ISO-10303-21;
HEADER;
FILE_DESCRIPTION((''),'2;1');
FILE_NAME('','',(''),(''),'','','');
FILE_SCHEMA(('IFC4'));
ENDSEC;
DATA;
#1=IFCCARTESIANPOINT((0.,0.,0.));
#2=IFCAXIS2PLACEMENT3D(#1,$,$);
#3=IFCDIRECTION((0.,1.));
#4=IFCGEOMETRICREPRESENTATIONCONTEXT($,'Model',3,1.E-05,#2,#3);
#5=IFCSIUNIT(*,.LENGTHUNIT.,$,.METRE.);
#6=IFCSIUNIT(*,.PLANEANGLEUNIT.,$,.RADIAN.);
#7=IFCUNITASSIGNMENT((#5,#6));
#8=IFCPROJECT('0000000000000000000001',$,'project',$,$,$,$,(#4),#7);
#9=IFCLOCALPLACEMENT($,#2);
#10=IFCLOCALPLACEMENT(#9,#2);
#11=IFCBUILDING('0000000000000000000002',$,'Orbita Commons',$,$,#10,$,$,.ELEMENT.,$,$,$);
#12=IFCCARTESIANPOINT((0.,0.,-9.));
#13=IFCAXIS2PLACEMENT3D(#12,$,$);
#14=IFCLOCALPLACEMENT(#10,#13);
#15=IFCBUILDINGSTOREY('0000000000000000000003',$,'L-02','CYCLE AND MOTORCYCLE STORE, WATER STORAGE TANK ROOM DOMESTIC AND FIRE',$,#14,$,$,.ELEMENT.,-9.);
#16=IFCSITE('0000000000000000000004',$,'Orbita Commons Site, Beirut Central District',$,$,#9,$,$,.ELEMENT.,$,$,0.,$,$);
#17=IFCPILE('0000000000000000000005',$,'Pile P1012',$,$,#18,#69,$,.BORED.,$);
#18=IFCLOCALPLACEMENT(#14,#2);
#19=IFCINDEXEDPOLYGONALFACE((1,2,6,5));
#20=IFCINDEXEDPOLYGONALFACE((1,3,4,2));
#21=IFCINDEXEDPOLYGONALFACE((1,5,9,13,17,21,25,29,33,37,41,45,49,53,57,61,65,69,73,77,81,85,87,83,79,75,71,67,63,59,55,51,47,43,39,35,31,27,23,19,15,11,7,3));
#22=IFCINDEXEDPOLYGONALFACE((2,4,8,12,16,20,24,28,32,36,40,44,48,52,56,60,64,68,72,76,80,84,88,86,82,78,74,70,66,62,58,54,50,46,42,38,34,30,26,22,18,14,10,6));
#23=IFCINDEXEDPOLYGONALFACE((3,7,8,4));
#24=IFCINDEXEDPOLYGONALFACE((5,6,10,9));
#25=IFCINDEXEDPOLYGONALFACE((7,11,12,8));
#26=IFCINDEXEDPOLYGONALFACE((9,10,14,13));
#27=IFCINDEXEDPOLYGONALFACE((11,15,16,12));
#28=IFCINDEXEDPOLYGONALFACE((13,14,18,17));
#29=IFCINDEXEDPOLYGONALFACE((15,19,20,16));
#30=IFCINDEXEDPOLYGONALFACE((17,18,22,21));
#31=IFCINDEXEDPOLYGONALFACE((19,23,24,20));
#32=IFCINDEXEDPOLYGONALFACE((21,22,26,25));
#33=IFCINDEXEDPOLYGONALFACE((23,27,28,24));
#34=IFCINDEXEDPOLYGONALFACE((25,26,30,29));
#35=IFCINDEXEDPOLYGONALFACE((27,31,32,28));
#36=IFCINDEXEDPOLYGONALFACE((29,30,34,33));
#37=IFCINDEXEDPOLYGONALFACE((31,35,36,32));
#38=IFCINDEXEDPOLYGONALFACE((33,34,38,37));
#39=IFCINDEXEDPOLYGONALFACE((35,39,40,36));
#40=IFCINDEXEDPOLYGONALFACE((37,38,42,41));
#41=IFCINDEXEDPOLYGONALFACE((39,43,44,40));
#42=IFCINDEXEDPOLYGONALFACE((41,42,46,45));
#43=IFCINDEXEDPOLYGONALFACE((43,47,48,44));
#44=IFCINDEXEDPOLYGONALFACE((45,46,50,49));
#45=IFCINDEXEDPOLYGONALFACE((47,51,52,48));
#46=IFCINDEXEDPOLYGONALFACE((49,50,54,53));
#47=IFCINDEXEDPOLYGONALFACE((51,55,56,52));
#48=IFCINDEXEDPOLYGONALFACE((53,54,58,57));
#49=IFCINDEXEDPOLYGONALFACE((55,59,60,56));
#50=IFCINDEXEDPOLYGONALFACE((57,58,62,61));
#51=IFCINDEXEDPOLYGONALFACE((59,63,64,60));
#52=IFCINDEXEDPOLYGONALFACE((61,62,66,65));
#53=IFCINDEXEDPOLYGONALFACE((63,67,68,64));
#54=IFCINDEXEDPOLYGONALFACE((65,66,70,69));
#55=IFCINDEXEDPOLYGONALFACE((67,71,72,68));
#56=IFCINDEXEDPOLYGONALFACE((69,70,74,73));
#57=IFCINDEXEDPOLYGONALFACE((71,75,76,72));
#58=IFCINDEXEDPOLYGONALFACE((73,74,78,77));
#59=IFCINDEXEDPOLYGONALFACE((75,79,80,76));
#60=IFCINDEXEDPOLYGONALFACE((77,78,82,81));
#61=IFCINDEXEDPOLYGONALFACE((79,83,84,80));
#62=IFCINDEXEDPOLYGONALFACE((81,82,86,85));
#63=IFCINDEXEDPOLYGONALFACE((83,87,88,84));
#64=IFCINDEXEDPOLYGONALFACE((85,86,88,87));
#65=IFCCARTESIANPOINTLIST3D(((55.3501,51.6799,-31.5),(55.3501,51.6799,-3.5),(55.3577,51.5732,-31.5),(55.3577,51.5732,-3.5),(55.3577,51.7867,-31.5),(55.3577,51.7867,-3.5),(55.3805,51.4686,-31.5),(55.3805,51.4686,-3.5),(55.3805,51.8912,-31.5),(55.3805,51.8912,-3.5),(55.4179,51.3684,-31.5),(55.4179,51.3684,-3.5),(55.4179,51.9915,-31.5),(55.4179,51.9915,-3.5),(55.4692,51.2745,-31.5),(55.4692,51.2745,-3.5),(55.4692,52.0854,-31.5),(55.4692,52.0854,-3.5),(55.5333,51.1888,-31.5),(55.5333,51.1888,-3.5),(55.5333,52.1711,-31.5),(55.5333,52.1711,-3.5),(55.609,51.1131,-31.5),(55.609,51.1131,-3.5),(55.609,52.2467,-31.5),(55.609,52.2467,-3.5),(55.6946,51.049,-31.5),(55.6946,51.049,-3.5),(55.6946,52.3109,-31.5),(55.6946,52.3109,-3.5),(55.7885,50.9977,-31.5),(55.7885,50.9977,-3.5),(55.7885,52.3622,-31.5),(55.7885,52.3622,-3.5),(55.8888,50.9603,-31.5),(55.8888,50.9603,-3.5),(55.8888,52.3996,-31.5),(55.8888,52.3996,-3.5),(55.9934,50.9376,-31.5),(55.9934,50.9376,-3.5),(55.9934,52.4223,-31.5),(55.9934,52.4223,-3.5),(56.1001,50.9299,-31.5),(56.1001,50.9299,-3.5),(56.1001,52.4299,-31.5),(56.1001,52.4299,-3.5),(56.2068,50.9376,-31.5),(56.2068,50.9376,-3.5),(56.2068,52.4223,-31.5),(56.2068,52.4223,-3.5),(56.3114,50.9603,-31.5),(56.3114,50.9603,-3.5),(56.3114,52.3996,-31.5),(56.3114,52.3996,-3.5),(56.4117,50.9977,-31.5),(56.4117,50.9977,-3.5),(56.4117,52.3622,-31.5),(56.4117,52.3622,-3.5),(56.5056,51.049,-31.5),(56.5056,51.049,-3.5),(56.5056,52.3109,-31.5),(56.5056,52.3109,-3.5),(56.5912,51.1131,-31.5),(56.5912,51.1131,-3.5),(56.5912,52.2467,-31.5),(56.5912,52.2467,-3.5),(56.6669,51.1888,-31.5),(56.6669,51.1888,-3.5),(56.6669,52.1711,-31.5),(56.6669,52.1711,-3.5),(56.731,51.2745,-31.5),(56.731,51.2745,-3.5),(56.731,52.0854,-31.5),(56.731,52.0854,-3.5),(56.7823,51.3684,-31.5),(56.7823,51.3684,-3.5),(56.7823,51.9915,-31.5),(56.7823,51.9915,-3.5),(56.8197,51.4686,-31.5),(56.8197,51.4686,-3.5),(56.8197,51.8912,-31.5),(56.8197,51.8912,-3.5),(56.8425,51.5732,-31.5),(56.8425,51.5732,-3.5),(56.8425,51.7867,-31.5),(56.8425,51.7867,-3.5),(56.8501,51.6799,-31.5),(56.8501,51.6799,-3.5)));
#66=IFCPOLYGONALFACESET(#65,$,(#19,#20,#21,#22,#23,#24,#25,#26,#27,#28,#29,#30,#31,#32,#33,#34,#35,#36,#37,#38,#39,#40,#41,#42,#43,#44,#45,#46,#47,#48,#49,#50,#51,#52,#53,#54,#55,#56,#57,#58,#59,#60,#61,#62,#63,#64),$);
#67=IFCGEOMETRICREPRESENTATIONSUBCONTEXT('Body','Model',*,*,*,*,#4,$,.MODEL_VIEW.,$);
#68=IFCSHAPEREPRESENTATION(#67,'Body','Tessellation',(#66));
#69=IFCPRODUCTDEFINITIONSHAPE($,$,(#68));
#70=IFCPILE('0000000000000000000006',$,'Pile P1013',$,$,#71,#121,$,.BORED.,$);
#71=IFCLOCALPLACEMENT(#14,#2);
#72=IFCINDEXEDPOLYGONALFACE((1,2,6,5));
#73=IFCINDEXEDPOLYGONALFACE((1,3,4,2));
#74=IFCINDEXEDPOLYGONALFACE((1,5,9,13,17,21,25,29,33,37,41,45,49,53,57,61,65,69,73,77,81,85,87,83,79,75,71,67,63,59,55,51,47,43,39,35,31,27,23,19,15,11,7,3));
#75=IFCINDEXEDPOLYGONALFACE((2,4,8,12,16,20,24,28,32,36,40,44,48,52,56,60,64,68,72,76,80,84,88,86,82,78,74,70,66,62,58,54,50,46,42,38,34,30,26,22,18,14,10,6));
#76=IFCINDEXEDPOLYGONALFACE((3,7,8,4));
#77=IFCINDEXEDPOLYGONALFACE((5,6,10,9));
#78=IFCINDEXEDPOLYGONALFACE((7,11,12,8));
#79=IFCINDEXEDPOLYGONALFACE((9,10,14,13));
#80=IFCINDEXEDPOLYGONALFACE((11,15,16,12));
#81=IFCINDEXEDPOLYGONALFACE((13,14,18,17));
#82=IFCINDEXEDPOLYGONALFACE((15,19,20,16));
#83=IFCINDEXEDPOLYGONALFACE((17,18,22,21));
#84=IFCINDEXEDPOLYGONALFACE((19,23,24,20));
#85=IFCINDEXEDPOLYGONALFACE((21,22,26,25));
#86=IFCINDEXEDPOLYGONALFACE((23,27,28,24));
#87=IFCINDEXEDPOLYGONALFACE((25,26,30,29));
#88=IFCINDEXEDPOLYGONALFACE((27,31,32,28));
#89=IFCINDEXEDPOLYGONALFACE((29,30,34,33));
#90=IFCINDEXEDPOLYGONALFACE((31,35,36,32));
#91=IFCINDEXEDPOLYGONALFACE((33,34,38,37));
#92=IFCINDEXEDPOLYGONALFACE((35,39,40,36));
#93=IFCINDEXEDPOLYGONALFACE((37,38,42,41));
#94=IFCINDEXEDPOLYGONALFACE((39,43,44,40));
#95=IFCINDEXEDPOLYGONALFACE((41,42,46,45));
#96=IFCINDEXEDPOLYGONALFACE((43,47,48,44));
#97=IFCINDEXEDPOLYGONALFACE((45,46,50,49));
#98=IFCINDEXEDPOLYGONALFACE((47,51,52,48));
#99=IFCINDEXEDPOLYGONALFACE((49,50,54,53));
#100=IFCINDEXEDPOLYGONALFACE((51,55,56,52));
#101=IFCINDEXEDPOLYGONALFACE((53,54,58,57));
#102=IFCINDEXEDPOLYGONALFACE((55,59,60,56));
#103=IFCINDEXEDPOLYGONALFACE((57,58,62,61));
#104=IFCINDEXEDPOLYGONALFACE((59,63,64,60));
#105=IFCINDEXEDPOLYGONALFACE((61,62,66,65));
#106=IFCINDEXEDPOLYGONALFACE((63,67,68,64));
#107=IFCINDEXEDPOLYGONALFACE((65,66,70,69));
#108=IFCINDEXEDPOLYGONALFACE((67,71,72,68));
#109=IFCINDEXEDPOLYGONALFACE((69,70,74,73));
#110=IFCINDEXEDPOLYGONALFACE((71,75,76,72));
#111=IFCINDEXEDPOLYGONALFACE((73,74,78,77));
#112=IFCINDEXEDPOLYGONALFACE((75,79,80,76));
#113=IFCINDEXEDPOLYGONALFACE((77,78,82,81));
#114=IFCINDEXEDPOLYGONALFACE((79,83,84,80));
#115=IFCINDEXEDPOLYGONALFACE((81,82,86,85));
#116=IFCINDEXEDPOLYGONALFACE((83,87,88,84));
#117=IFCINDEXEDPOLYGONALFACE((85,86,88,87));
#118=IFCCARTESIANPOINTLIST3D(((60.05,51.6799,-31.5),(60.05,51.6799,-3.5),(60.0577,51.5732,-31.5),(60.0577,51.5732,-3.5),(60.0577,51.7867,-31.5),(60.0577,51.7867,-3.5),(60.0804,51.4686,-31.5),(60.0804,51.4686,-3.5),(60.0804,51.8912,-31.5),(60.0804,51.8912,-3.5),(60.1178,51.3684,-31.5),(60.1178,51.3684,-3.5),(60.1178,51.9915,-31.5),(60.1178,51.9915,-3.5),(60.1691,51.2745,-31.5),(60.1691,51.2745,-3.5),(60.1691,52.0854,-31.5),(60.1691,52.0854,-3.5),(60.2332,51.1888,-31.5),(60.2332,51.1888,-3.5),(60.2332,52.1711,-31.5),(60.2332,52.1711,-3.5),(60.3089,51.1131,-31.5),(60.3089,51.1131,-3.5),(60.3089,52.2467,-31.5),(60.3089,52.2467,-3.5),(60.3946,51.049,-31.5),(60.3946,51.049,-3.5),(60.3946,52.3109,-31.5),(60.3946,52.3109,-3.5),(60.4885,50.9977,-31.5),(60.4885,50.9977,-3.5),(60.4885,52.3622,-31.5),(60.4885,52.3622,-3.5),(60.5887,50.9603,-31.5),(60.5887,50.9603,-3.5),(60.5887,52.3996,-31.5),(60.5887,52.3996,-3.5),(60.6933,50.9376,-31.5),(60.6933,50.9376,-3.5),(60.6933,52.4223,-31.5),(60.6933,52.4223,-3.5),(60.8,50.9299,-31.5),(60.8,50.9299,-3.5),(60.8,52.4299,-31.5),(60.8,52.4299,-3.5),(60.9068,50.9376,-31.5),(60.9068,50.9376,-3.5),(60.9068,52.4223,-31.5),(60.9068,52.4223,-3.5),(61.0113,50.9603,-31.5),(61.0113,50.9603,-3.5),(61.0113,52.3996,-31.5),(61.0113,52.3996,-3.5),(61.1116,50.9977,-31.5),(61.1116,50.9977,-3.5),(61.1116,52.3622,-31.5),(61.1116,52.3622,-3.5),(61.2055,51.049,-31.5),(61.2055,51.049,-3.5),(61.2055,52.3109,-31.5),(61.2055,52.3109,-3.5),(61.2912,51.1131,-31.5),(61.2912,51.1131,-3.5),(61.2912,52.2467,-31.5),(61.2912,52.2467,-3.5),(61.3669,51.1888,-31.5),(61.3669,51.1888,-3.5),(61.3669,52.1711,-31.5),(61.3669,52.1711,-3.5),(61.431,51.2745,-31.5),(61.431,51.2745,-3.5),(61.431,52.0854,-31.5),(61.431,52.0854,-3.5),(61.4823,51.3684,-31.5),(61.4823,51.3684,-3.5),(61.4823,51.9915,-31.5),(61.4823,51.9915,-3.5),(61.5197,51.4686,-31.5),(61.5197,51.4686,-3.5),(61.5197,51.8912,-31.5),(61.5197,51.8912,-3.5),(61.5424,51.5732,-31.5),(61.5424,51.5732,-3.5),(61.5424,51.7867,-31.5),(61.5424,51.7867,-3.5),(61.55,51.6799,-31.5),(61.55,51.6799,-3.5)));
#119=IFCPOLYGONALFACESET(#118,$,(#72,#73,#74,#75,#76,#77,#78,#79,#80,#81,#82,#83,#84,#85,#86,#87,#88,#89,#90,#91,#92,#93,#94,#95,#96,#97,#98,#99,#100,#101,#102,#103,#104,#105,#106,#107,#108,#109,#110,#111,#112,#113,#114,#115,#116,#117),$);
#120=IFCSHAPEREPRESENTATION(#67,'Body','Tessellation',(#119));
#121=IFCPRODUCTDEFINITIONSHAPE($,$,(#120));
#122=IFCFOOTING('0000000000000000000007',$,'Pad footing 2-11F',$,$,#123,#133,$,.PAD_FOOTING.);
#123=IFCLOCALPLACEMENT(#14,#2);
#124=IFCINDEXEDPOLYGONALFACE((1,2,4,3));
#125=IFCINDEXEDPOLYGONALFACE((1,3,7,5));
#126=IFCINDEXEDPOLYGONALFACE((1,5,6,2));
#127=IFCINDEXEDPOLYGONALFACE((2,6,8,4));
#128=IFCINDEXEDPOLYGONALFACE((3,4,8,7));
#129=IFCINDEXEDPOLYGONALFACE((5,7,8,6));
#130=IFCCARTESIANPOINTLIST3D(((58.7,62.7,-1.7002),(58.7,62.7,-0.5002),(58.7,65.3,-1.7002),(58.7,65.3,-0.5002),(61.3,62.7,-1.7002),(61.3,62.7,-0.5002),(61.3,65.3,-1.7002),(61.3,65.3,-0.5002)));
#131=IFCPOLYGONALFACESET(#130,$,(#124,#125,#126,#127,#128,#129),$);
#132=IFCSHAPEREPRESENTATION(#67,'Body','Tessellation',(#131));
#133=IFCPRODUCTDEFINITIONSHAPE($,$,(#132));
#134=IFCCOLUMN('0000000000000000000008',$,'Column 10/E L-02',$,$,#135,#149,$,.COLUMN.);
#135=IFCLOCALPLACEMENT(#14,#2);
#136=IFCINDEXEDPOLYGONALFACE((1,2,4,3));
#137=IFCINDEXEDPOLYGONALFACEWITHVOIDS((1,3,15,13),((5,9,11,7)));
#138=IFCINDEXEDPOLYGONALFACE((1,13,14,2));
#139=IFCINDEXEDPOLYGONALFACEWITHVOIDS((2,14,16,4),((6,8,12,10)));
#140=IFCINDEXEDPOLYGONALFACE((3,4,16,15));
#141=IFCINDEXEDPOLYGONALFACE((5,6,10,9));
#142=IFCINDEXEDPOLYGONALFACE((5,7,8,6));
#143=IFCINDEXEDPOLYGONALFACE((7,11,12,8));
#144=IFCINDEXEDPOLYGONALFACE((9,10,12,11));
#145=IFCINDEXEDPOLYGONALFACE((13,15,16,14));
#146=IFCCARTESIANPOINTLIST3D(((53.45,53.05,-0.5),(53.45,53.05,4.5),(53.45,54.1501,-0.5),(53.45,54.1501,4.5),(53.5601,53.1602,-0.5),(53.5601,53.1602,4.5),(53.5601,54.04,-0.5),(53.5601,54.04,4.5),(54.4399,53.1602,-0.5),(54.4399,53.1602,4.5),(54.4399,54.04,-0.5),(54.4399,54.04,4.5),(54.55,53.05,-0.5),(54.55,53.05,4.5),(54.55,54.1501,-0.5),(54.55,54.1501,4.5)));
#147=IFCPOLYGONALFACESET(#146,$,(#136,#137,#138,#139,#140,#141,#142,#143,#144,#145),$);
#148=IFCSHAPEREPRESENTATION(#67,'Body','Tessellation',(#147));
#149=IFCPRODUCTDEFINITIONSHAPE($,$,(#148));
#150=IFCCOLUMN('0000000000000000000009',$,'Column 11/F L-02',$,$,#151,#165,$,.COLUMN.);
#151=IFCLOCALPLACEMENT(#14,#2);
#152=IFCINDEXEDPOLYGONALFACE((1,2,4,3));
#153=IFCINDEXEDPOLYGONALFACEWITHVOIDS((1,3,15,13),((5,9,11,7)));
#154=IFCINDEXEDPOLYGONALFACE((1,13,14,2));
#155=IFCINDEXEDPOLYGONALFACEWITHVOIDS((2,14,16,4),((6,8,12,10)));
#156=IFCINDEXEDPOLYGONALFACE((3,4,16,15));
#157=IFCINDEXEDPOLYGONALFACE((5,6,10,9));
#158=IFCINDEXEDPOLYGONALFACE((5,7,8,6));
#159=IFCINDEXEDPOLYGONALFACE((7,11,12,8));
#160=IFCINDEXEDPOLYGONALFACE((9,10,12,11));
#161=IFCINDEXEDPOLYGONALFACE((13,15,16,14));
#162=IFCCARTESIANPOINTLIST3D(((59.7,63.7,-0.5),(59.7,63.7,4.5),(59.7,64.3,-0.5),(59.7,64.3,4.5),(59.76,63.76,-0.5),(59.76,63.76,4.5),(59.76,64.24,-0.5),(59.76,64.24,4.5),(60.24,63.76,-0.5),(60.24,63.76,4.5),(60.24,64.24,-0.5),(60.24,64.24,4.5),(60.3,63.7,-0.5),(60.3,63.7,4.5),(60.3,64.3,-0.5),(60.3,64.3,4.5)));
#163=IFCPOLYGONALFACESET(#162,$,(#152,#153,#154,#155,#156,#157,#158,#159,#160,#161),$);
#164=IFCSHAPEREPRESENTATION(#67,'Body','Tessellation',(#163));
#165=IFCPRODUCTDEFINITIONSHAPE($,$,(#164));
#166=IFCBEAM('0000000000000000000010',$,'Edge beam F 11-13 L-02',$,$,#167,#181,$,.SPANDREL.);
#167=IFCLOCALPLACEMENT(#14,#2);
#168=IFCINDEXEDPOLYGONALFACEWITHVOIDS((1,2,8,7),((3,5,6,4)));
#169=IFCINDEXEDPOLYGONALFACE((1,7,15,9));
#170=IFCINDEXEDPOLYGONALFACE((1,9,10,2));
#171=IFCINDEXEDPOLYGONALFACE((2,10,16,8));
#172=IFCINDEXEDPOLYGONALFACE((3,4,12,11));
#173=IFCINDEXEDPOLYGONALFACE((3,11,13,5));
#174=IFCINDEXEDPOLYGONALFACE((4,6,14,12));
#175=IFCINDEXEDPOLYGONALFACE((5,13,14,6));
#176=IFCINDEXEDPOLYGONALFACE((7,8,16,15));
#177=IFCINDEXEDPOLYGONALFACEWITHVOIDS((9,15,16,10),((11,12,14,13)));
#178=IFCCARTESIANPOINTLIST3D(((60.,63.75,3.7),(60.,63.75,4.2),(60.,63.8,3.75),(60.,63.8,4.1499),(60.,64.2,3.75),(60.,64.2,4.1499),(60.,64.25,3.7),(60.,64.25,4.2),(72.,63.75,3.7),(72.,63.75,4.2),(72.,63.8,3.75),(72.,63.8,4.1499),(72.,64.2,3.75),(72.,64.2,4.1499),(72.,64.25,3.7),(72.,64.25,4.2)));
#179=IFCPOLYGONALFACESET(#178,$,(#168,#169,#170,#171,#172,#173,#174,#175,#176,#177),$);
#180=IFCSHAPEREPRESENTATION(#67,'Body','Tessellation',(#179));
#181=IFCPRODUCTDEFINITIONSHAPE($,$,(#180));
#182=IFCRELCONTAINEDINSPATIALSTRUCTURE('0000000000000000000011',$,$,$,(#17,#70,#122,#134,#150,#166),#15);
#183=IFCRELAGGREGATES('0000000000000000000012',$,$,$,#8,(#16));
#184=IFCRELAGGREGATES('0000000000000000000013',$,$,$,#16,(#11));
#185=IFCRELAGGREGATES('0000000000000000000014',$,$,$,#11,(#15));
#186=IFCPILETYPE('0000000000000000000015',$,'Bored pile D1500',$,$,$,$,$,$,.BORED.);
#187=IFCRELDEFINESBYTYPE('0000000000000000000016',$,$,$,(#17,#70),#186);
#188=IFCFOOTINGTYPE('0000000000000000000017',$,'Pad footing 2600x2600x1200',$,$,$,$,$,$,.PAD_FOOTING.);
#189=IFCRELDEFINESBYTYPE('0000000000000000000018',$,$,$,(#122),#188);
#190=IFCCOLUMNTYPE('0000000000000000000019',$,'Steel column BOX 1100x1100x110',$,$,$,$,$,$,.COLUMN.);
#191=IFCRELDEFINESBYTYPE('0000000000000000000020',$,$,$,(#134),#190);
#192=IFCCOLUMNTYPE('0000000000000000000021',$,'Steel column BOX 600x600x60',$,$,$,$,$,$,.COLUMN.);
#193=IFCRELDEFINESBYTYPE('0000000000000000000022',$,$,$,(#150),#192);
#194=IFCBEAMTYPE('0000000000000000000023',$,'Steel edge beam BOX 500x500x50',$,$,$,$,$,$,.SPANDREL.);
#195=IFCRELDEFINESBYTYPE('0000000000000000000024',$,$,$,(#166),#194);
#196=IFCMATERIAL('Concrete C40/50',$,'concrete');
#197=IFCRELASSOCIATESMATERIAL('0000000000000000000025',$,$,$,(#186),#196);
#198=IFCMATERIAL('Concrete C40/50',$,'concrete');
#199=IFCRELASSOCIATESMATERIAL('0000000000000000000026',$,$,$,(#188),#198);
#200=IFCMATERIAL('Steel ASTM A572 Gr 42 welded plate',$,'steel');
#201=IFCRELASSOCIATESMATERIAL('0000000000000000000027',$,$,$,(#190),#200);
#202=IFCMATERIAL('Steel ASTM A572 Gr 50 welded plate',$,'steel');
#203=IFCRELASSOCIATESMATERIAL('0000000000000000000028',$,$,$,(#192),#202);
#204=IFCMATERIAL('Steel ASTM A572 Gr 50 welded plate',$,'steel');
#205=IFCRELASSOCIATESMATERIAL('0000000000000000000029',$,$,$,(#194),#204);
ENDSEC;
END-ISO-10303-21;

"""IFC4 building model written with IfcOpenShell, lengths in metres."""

from ifc_helpers import new_model, si_unit, direction, frame, origin, origin_2d, place, context, subcontext, project, spatial, rectangle, hollow_rectangle, circle, extrude, material, material_profile, profile_set, type_object, element, save


model = new_model("IFC4")

# Units and contexts
model_context = context("Model", 3, precision=1e-05, world=origin(), true_north=direction((0.0, 1.0)))
body_context = subcontext(model_context, "Body", "Model", "MODEL_VIEW")
ifc_project = project(units=[si_unit("LENGTHUNIT", "METRE"), si_unit("PLANEANGLEUNIT", "RADIAN")], contexts=[model_context])

# Site, building, storey
site_placement = place(None, origin())
site = spatial("IfcSite", under=ifc_project, at=site_placement, Name="Orbita Commons Site, Beirut Central District", CompositionType="ELEMENT", RefElevation=0.0)
building_placement = place(site_placement, origin())
building = spatial("IfcBuilding", under=site, at=building_placement, Name="Orbita Commons", CompositionType="ELEMENT")
storey_placement = place(building_placement, frame((0.0, 0.0, -9.0)))
storey = spatial("IfcBuildingStorey", under=building, at=storey_placement, Name="L-02", Description="CYCLE AND MOTORCYCLE STORE, WATER STORAGE TANK ROOM DOMESTIC AND FIRE", CompositionType="ELEMENT", Elevation=-9.0)

# Piles
ifc_material_1 = material(Name="Concrete C40/50", Category="concrete")
ifc_material_profile_1 = material_profile(ifc_material_1, circle(Radius=0.75, at=origin_2d()), Name="RC D1500")
ifc_profile_set_1 = profile_set([ifc_material_profile_1], Name="Concrete C40/50")
pile_type = type_object("IfcPileType", Name="Bored pile D1500", PredefinedType="BORED", material=ifc_profile_set_1)
for number, where, z_axis, x_axis, name in (
    (1, (56.1001, 51.6799, -3.5), (0.0, 0.0, -1.0), (1.0, 0.0, 0.0), "Pile P1012"),
    (2, (60.8, 51.6799, -3.5), (0.0, 0.0, -1.0), (1.0, 0.0, 0.0), "Pile P1013"),
):
    element("IfcPile", number, at=place(storey_placement, frame(where, z_axis=z_axis, x_axis=x_axis)), inside=storey, type_object=pile_type, Name=name, PredefinedType="BORED", context=body_context, shape_type="SweptSolid", body=[
        extrude(circle(Radius=0.75, at=origin_2d()), origin(), (0.0, 0.0, 1.0), 28.0),
    ])

# Footing
ifc_material_2 = material(Name="Concrete C40/50", Category="concrete")
footing_type = type_object("IfcFootingType", Name="Pad footing 2600x2600x1200", PredefinedType="PAD_FOOTING", material=ifc_material_2)
footing_placement = place(storey_placement, frame((60.0, 64.0, -1.7002), z_axis=(0.0, 0.0, 1.0), x_axis=(1.0, 0.0, 0.0)))
element("IfcFooting", 3, at=footing_placement, inside=storey, type_object=footing_type, Name="Pad footing 2-11F", PredefinedType="PAD_FOOTING", context=body_context, shape_type="SweptSolid", body=[
    extrude(rectangle(XDim=2.6001, YDim=2.6001, at=origin_2d()), origin(), (0.0, 0.0, 1.0), 1.2),
])

# Columns
ifc_material_3 = material(Name="Steel ASTM A572 Gr 42 welded plate", Category="steel")
ifc_material_profile_2 = material_profile(ifc_material_3, hollow_rectangle(XDim=1.1001, YDim=1.1001, WallThickness=0.1101, at=origin_2d()), Name="BOX 1100x1100x110")
ifc_profile_set_2 = profile_set([ifc_material_profile_2], Name="Steel ASTM A572 Gr 42 welded plate")
column_type_1 = type_object("IfcColumnType", Name="Steel column BOX 1100x1100x110", PredefinedType="COLUMN", material=ifc_profile_set_2)
column_1_placement = place(storey_placement, frame((54.0, 53.6001, -0.5), z_axis=(0.0, 0.0, 1.0), x_axis=(1.0, 0.0, 0.0)))
element("IfcColumn", 4, at=column_1_placement, inside=storey, type_object=column_type_1, Name="Column 10/E L-02", PredefinedType="COLUMN", context=body_context, shape_type="SweptSolid", body=[
    extrude(hollow_rectangle(XDim=1.1001, YDim=1.1001, WallThickness=0.1101, at=origin_2d()), origin(), (0.0, 0.0, 1.0), 5.0),
])
ifc_material_4 = material(Name="Steel ASTM A572 Gr 50 welded plate", Category="steel")
ifc_material_profile_3 = material_profile(ifc_material_4, hollow_rectangle(XDim=0.6001, YDim=0.6001, WallThickness=0.0601, at=origin_2d()), Name="BOX 600x600x60")
ifc_profile_set_3 = profile_set([ifc_material_profile_3], Name="Steel ASTM A572 Gr 50 welded plate")
column_type_2 = type_object("IfcColumnType", Name="Steel column BOX 600x600x60", PredefinedType="COLUMN", material=ifc_profile_set_3)
column_2_placement = place(storey_placement, frame((60.0, 64.0, -0.5), z_axis=(0.0, 0.0, 1.0), x_axis=(1.0, 0.0, 0.0)))
element("IfcColumn", 5, at=column_2_placement, inside=storey, type_object=column_type_2, Name="Column 11/F L-02", PredefinedType="COLUMN", context=body_context, shape_type="SweptSolid", body=[
    extrude(hollow_rectangle(XDim=0.6001, YDim=0.6001, WallThickness=0.0601, at=origin_2d()), origin(), (0.0, 0.0, 1.0), 5.0),
])

# Beam
ifc_material_5 = material(Name="Steel ASTM A572 Gr 50 welded plate", Category="steel")
ifc_material_profile_4 = material_profile(ifc_material_5, hollow_rectangle(XDim=0.5, YDim=0.5, WallThickness=0.05, at=origin_2d()), Name="BOX 500x500x50")
ifc_profile_set_4 = profile_set([ifc_material_profile_4], Name="Steel ASTM A572 Gr 50 welded plate")
beam_type_1 = type_object("IfcBeamType", Name="Steel edge beam BOX 500x500x50", PredefinedType="SPANDREL", material=ifc_profile_set_4)
beam_1_placement = place(storey_placement, frame((60.0, 64.0, 3.95), z_axis=(1.0, 0.0, 0.0), x_axis=(0.0, 1.0, 0.0)))
element("IfcBeam", 6, at=beam_1_placement, inside=storey, type_object=beam_type_1, Name="Edge beam F 11-13 L-02", PredefinedType="SPANDREL", context=body_context, shape_type="SweptSolid", body=[
    extrude(hollow_rectangle(XDim=0.5, YDim=0.5, WallThickness=0.05, at=origin_2d()), origin(), (0.0, 0.0, 1.0), 12.0),
])

save(model, "model.ifc")
